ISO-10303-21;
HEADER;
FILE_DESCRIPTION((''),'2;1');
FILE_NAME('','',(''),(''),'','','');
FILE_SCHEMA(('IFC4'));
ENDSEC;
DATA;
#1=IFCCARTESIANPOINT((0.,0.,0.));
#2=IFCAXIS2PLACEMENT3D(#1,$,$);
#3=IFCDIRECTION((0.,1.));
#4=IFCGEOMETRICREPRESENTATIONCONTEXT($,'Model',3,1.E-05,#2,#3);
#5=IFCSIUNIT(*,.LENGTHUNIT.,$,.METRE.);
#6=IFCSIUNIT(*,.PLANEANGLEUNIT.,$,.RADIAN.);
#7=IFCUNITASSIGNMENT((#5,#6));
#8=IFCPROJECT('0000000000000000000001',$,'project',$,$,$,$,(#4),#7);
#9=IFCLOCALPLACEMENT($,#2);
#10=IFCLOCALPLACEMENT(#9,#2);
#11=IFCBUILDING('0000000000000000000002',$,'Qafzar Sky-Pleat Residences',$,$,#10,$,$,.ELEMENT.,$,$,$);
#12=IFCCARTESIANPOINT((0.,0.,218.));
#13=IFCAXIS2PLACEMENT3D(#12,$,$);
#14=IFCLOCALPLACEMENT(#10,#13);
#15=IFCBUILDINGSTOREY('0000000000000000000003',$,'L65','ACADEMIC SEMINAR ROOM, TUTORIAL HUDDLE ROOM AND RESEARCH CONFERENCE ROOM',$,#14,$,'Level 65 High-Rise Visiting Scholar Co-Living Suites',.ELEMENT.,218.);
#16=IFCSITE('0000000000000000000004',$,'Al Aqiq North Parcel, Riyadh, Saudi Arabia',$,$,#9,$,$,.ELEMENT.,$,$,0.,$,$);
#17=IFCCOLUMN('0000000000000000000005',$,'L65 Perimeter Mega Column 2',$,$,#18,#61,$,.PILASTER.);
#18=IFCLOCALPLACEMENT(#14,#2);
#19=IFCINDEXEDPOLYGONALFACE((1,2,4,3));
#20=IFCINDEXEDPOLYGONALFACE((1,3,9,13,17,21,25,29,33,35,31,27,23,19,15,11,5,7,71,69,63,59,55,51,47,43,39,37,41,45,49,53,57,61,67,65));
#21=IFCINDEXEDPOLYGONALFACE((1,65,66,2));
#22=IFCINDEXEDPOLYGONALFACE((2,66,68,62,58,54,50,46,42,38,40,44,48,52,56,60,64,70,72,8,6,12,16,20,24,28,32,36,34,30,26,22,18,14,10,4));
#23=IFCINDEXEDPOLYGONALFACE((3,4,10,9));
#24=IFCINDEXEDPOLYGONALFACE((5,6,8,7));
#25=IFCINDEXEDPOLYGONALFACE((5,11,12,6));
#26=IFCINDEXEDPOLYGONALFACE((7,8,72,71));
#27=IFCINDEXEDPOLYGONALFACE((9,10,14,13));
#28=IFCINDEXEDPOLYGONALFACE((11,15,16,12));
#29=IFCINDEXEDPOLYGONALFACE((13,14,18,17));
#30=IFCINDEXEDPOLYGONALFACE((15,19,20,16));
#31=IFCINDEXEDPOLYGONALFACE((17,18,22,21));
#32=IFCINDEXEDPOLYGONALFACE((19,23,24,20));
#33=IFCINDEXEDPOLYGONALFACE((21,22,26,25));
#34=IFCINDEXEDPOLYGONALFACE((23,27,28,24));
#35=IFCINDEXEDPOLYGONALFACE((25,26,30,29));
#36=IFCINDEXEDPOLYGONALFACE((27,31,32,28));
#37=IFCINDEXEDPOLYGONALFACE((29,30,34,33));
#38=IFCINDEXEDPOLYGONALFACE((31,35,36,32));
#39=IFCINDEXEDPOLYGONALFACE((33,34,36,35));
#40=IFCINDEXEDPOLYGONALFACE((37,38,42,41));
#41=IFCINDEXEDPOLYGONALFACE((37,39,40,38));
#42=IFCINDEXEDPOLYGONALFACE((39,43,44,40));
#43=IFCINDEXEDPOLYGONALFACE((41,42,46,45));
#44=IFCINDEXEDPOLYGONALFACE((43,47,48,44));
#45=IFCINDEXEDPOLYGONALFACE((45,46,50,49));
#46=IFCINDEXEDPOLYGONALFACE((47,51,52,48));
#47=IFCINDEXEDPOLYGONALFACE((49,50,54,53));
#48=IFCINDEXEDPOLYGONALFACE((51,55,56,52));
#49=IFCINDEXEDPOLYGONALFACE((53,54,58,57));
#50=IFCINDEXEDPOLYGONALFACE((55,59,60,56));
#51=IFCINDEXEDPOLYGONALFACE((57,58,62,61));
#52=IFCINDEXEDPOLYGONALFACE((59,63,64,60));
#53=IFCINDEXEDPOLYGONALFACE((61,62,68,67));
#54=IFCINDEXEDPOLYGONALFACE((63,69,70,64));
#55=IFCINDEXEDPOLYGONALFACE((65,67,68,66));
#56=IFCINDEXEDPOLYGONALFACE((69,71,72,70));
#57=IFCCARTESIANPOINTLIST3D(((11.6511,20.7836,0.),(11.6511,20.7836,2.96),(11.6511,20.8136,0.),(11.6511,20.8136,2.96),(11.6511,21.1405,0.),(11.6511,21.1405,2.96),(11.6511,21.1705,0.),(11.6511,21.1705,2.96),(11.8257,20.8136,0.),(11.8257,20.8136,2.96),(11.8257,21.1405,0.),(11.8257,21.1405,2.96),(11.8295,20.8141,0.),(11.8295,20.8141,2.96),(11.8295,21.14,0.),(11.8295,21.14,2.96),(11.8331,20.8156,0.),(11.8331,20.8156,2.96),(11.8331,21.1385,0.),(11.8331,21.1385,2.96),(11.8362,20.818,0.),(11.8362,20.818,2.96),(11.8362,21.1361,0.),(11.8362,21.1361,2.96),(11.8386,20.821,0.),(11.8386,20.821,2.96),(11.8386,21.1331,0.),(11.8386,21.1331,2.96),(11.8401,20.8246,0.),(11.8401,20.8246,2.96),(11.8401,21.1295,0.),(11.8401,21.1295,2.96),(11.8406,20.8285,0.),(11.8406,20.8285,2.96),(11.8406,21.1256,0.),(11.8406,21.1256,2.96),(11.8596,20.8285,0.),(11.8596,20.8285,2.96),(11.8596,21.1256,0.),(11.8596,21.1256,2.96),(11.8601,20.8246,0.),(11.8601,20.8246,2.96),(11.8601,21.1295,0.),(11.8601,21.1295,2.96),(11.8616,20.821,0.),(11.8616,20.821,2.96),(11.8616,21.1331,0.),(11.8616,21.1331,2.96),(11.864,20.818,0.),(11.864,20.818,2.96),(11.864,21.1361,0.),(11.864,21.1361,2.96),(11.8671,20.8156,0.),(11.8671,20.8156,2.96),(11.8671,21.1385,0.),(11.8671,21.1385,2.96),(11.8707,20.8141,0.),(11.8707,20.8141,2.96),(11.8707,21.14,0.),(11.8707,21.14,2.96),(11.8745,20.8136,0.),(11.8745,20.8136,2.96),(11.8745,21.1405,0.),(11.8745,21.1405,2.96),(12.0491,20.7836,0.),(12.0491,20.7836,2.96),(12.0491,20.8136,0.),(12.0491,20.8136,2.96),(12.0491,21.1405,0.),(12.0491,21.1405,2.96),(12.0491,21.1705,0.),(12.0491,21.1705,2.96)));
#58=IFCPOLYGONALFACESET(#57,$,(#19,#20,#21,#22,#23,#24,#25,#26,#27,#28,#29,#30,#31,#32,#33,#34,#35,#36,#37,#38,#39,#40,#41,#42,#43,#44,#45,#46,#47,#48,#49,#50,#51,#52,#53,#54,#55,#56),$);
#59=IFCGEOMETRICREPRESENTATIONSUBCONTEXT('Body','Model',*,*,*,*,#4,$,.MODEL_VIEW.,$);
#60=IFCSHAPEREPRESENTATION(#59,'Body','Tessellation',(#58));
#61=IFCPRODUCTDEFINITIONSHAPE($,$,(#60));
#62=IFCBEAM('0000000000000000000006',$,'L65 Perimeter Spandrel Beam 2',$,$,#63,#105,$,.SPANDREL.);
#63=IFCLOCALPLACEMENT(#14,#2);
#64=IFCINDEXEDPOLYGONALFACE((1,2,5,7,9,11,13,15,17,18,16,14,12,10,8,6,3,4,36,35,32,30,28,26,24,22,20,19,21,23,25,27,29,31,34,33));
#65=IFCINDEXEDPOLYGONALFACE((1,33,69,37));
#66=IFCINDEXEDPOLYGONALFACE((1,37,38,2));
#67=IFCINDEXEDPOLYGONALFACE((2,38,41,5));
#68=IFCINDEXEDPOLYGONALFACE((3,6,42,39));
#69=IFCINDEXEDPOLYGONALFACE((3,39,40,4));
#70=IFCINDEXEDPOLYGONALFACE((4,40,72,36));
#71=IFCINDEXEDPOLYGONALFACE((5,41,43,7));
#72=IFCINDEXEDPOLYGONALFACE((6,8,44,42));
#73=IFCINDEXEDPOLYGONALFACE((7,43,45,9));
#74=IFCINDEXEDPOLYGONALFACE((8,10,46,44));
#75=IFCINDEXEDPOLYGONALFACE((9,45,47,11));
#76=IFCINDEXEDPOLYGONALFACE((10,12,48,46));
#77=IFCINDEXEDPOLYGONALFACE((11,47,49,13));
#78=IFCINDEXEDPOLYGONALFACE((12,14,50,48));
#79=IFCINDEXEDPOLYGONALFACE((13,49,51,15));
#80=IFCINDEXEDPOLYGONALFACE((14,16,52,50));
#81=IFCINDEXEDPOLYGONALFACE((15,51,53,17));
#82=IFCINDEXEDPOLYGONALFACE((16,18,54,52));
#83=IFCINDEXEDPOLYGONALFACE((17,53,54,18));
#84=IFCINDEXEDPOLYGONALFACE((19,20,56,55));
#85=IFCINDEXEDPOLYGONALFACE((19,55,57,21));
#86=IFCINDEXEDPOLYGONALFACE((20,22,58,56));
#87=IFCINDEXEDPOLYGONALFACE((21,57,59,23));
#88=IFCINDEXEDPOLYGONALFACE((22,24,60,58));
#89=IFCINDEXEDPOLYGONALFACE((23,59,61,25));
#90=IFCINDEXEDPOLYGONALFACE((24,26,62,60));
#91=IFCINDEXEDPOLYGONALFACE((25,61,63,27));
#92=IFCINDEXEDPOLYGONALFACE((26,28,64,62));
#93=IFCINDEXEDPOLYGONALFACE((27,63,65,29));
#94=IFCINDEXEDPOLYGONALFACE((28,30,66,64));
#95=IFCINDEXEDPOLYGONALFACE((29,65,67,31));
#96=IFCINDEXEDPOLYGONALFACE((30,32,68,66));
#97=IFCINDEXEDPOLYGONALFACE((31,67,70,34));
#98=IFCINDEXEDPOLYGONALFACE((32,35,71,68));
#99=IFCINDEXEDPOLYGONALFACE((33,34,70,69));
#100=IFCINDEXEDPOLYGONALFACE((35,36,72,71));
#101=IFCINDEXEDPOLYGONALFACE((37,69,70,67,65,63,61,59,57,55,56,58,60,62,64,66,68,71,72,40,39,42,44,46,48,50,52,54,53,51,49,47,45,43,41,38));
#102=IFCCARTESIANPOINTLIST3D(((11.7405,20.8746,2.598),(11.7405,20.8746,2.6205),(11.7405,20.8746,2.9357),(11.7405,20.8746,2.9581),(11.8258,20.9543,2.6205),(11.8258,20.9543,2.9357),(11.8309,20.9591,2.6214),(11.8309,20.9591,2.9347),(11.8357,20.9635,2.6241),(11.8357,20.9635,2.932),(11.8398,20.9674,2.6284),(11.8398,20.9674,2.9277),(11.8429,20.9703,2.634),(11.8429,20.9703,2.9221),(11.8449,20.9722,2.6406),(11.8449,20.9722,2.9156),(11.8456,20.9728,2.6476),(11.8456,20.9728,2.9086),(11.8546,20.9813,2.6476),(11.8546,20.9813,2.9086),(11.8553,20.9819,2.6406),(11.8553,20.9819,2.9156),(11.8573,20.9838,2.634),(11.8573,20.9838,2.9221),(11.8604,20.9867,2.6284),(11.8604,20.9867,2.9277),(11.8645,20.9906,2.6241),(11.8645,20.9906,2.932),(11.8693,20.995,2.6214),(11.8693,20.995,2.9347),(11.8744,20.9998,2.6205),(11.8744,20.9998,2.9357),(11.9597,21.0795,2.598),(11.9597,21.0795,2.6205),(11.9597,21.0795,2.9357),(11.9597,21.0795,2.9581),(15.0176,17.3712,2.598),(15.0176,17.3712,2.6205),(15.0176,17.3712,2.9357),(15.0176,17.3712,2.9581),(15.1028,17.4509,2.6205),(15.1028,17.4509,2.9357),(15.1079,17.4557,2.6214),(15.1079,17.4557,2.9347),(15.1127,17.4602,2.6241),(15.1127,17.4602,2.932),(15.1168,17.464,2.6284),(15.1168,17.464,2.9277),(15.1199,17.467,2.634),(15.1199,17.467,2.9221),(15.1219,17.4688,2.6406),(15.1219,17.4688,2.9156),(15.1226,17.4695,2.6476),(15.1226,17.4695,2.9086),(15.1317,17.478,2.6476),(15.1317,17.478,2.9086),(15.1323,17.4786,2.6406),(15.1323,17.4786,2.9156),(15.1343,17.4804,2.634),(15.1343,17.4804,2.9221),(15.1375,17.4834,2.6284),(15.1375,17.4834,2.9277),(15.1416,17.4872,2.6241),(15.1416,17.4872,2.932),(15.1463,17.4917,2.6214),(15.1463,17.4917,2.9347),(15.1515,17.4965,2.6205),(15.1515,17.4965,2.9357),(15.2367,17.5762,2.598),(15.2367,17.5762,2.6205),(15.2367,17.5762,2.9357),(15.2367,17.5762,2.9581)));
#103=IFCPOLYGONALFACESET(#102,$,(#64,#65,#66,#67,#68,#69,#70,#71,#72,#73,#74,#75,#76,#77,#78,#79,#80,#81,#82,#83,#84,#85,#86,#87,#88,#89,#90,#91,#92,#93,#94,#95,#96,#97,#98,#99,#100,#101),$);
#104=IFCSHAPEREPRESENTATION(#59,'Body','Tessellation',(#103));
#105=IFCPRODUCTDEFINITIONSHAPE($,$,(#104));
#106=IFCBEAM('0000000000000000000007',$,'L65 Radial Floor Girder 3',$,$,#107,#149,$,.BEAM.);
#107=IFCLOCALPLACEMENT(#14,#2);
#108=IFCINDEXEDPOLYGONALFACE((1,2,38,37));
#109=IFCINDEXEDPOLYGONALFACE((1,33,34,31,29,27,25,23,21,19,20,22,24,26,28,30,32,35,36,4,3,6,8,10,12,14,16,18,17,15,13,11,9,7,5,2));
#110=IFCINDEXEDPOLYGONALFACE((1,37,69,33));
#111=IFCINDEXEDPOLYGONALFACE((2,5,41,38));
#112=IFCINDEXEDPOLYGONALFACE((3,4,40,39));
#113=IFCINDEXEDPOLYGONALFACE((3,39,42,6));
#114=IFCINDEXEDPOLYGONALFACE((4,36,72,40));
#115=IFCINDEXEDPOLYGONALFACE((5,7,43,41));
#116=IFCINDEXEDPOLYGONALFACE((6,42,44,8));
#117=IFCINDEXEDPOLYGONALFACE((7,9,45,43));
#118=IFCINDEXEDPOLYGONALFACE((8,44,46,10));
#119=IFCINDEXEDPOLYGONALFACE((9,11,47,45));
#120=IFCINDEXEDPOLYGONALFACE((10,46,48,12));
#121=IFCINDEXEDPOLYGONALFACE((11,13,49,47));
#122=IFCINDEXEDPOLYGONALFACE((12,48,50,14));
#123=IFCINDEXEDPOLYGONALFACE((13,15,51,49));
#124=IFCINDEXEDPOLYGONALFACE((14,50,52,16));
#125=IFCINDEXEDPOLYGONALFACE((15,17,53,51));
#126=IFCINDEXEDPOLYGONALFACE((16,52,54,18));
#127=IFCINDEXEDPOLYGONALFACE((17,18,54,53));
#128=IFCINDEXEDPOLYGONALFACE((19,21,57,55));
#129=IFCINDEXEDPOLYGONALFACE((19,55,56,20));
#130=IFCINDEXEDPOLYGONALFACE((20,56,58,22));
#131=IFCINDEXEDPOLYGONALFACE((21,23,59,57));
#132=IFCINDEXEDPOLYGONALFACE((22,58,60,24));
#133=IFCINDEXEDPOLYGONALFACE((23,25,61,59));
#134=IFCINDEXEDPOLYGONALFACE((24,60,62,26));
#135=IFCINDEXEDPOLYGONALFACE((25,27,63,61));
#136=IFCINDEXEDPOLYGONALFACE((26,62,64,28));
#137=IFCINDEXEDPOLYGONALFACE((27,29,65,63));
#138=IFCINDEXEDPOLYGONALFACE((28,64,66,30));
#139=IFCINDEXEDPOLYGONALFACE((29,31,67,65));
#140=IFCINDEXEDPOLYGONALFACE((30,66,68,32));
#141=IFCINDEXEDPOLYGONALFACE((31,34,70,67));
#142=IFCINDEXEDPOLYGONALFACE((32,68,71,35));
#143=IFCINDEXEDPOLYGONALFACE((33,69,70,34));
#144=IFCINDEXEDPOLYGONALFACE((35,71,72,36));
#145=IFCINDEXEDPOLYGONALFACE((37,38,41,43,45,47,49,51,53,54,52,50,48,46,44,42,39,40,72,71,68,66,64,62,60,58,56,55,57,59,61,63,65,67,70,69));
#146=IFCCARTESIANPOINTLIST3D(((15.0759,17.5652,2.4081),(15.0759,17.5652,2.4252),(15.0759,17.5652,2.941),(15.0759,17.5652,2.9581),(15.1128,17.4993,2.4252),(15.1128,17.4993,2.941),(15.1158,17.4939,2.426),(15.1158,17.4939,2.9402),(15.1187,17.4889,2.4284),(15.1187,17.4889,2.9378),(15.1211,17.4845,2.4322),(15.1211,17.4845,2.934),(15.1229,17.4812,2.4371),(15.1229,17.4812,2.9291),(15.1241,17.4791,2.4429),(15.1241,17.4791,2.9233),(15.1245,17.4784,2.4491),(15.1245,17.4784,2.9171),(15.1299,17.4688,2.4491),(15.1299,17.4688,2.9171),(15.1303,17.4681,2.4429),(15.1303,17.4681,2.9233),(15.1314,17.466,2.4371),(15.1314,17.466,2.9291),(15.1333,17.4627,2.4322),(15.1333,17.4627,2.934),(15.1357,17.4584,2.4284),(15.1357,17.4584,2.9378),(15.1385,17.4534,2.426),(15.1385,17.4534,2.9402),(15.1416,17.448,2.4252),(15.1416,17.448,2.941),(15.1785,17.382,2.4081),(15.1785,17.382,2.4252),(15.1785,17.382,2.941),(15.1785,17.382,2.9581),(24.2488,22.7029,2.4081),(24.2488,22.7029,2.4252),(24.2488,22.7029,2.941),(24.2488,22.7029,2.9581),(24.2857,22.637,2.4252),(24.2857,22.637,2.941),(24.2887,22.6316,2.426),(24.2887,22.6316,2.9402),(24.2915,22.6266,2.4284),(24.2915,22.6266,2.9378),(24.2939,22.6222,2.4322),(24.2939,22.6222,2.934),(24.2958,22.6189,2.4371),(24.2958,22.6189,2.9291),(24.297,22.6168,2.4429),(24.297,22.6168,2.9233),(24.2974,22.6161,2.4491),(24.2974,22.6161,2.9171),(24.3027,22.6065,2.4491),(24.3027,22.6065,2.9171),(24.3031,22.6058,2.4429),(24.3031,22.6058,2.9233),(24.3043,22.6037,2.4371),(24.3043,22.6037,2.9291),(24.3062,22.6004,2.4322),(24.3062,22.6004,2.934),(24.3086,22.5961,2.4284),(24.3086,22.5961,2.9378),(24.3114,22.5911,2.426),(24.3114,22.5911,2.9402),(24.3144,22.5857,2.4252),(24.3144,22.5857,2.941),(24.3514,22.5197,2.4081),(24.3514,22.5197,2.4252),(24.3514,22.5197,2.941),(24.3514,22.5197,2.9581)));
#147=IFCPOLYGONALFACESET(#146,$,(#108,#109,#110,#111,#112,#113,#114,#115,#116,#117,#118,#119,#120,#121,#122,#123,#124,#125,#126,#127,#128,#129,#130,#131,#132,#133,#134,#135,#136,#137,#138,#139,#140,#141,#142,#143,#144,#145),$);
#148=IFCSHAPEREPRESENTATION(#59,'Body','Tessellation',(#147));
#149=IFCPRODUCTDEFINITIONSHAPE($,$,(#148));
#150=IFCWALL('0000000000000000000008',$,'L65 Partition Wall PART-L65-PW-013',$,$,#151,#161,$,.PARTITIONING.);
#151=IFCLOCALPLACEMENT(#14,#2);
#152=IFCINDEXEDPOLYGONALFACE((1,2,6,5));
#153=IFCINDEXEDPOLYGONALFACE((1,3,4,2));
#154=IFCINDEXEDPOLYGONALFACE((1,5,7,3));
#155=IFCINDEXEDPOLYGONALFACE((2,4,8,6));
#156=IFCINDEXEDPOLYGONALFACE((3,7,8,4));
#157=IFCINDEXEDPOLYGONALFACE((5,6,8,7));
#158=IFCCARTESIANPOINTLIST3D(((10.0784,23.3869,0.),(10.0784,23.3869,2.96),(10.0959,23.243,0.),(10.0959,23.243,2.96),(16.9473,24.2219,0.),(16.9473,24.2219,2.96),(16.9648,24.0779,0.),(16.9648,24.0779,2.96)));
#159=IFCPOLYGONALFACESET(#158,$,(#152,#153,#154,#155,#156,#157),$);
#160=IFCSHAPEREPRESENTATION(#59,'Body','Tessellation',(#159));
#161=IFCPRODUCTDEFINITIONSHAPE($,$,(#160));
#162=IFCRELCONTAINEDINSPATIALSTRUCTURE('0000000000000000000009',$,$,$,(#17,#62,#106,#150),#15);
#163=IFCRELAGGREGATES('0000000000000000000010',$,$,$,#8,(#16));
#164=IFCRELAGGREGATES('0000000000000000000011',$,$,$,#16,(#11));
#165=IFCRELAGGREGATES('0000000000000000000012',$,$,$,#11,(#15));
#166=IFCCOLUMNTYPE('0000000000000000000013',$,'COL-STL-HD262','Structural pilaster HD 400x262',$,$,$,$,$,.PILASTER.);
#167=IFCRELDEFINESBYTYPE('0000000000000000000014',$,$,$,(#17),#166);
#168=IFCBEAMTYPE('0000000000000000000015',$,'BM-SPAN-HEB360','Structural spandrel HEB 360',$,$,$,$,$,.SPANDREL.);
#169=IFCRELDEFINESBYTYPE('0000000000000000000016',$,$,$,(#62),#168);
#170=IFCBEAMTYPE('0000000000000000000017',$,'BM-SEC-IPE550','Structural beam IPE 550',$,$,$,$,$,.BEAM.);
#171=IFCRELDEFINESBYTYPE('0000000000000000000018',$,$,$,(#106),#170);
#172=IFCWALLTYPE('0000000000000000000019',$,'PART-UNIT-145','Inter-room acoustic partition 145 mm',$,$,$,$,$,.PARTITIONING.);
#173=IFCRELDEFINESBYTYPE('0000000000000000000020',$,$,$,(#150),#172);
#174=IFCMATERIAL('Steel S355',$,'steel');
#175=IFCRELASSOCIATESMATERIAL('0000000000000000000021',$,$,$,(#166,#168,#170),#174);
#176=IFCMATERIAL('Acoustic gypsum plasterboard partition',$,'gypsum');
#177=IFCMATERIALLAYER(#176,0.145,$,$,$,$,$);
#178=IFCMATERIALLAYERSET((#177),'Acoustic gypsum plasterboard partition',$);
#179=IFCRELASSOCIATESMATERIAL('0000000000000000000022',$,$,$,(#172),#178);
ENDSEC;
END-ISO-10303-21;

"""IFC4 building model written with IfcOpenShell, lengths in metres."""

from ifc_helpers import new_model, si_unit, direction, frame, frame_2d, origin, origin_2d, place, context, subcontext, project, spatial, rectangle, i_section, extrude, source, transform, mapped, material, layer, layer_set, material_profile, profile_set, type_object, element, save


model = new_model("IFC4")

# Units and contexts
model_context = context("Model", 3, precision=1e-05, world=origin(), true_north=direction((0.0, 1.0)))
body_context = subcontext(model_context, "Body", "Model", "MODEL_VIEW")
ifc_project = project(units=[si_unit("LENGTHUNIT", "METRE"), si_unit("PLANEANGLEUNIT", "RADIAN")], contexts=[model_context])

# Site, building, storey
site_placement = place(None, origin())
site = spatial("IfcSite", under=ifc_project, at=site_placement, Name="Al Aqiq North Parcel, Riyadh, Saudi Arabia", CompositionType="ELEMENT", RefElevation=0.0)
building_placement = place(site_placement, origin())
building = spatial("IfcBuilding", under=site, at=building_placement, Name="Qafzar Sky-Pleat Residences", CompositionType="ELEMENT")
storey_placement = place(building_placement, frame((0.0, 0.0, 218.0)))
storey = spatial("IfcBuildingStorey", under=building, at=storey_placement, Name="L65", Description="ACADEMIC SEMINAR ROOM, TUTORIAL HUDDLE ROOM AND RESEARCH CONFERENCE ROOM", LongName="Level 65 High-Rise Visiting Scholar Co-Living Suites", CompositionType="ELEMENT", Elevation=218.0)

# Column
ifc_material_1 = material(Name="Steel S355", Category="steel")
ifc_material_profile_1 = material_profile(ifc_material_1, i_section(OverallWidth=0.3979, OverallDepth=0.387, WebThickness=0.019, FlangeThickness=0.03, FilletRadius=0.0149, at=origin_2d()), Name="HD 400x262")
ifc_profile_set_1 = profile_set([ifc_material_profile_1], Name="Steel S355")
column_type = type_object("IfcColumnType", Name="COL-STL-HD262", Description="Structural pilaster HD 400x262", PredefinedType="PILASTER", material=ifc_profile_set_1)
shared_shape_1 = source(origin(), body_context, "Body", "SweptSolid", [
    extrude(i_section(OverallWidth=0.3979, OverallDepth=0.387, WebThickness=0.019, FlangeThickness=0.03, FilletRadius=0.0149, at=origin_2d()), origin(), (0.0, 0.0, 1.0), 2.96),
])
column_placement = place(storey_placement, frame((11.8501, 20.9771, 0.0), z_axis=(0.0, 0.0, 1.0), x_axis=(1.0, 0.0, 0.0)))
element("IfcColumn", 1, at=column_placement, inside=storey, type_object=column_type, Name="L65 Perimeter Mega Column 2", PredefinedType="PILASTER", context=body_context, shape_type="MappedRepresentation", body=[
    mapped(shared_shape_1, transform((0.0, 0.0, 0.0), x_axis=(1.0, 0.0, 0.0), y_axis=(0.0, 1.0, 0.0), z_axis=(0.0, 0.0, 1.0), scale=1.0)),
])

# Beams
ifc_material_profile_2 = material_profile(ifc_material_1, i_section(OverallWidth=0.3, OverallDepth=0.3601, WebThickness=0.0125, FlangeThickness=0.0225, FilletRadius=0.0271, at=origin_2d()), Name="HEB 360")
ifc_profile_set_2 = profile_set([ifc_material_profile_2], Name="Steel S355")
beam_type_1 = type_object("IfcBeamType", Name="BM-SPAN-HEB360", Description="Structural spandrel HEB 360", PredefinedType="SPANDREL", material=ifc_profile_set_2)
shared_shape_2 = source(origin(), body_context, "Body", "SweptSolid", [
    extrude(i_section(OverallWidth=0.3, OverallDepth=0.3601, WebThickness=0.0125, FlangeThickness=0.0225, FilletRadius=0.0271, at=origin_2d()), origin(), (0.0, 0.0, 1.0), 4.7971),
])
beam_1_placement = place(storey_placement, frame((11.8501, 20.9771, 2.7781), z_axis=(0.683125, -0.730302, 0.0), x_axis=(0.730302, 0.683125, 0.0)))
element("IfcBeam", 2, at=beam_1_placement, inside=storey, type_object=beam_type_1, Name="L65 Perimeter Spandrel Beam 2", PredefinedType="SPANDREL", context=body_context, shape_type="MappedRepresentation", body=[
    mapped(shared_shape_2, transform((0.0, 0.0, 0.0), x_axis=(1.0, 0.0, 0.0), y_axis=(0.0, 1.0, 0.0), z_axis=(0.0, 0.0, 1.0), scale=1.0)),
])
ifc_material_profile_3 = material_profile(ifc_material_1, i_section(OverallWidth=0.21, OverallDepth=0.55, WebThickness=0.011, FlangeThickness=0.0171, FilletRadius=0.0239, at=origin_2d()), Name="IPE 550")
ifc_profile_set_3 = profile_set([ifc_material_profile_3], Name="Steel S355")
beam_type_2 = type_object("IfcBeamType", Name="BM-SEC-IPE550", Description="Structural beam IPE 550", PredefinedType="BEAM", material=ifc_profile_set_3)
shared_shape_3 = source(origin(), body_context, "Body", "SweptSolid", [
    extrude(i_section(OverallWidth=0.21, OverallDepth=0.55, WebThickness=0.011, FlangeThickness=0.0171, FilletRadius=0.0239, at=origin_2d()), origin(), (0.0, 0.0, 1.0), 10.5137),
])
beam_2_placement = place(storey_placement, frame((15.1272, 17.4736, 2.6831), z_axis=(0.87247, 0.488668, 0.0), x_axis=(-0.488668, 0.87247, 0.0)))
element("IfcBeam", 3, at=beam_2_placement, inside=storey, type_object=beam_type_2, Name="L65 Radial Floor Girder 3", PredefinedType="BEAM", context=body_context, shape_type="MappedRepresentation", body=[
    mapped(shared_shape_3, transform((0.0, 0.0, 0.0), x_axis=(1.0, 0.0, 0.0), y_axis=(0.0, 1.0, 0.0), z_axis=(0.0, 0.0, 1.0), scale=1.0)),
])

# Wall
ifc_material_2 = material(Name="Acoustic gypsum plasterboard partition", Category="gypsum")
ifc_layer_1 = layer(ifc_material_2, 0.145)
ifc_layer_set_1 = layer_set([ifc_layer_1], Name="Acoustic gypsum plasterboard partition")
wall_type_1 = type_object("IfcWallType", Name="PART-UNIT-145", Description="Inter-room acoustic partition 145 mm", PredefinedType="PARTITIONING", material=ifc_layer_set_1)
wall_1_placement = place(storey_placement, frame((10.0872, 23.3149, 0.0), z_axis=(0.0, 0.0, 1.0), x_axis=(0.992693, 0.120669, 0.0)))
element("IfcWall", 4, at=wall_1_placement, inside=storey, type_object=wall_type_1, Name="L65 Partition Wall PART-L65-PW-013", PredefinedType="PARTITIONING", context=body_context, shape_type="SweptSolid", body=[
    extrude(rectangle(XDim=6.9194, YDim=0.145, at=frame_2d((3.4597, 0.0))), origin(), (0.0, 0.0, 1.0), 2.96),
])

save(model, "model.ifc")
